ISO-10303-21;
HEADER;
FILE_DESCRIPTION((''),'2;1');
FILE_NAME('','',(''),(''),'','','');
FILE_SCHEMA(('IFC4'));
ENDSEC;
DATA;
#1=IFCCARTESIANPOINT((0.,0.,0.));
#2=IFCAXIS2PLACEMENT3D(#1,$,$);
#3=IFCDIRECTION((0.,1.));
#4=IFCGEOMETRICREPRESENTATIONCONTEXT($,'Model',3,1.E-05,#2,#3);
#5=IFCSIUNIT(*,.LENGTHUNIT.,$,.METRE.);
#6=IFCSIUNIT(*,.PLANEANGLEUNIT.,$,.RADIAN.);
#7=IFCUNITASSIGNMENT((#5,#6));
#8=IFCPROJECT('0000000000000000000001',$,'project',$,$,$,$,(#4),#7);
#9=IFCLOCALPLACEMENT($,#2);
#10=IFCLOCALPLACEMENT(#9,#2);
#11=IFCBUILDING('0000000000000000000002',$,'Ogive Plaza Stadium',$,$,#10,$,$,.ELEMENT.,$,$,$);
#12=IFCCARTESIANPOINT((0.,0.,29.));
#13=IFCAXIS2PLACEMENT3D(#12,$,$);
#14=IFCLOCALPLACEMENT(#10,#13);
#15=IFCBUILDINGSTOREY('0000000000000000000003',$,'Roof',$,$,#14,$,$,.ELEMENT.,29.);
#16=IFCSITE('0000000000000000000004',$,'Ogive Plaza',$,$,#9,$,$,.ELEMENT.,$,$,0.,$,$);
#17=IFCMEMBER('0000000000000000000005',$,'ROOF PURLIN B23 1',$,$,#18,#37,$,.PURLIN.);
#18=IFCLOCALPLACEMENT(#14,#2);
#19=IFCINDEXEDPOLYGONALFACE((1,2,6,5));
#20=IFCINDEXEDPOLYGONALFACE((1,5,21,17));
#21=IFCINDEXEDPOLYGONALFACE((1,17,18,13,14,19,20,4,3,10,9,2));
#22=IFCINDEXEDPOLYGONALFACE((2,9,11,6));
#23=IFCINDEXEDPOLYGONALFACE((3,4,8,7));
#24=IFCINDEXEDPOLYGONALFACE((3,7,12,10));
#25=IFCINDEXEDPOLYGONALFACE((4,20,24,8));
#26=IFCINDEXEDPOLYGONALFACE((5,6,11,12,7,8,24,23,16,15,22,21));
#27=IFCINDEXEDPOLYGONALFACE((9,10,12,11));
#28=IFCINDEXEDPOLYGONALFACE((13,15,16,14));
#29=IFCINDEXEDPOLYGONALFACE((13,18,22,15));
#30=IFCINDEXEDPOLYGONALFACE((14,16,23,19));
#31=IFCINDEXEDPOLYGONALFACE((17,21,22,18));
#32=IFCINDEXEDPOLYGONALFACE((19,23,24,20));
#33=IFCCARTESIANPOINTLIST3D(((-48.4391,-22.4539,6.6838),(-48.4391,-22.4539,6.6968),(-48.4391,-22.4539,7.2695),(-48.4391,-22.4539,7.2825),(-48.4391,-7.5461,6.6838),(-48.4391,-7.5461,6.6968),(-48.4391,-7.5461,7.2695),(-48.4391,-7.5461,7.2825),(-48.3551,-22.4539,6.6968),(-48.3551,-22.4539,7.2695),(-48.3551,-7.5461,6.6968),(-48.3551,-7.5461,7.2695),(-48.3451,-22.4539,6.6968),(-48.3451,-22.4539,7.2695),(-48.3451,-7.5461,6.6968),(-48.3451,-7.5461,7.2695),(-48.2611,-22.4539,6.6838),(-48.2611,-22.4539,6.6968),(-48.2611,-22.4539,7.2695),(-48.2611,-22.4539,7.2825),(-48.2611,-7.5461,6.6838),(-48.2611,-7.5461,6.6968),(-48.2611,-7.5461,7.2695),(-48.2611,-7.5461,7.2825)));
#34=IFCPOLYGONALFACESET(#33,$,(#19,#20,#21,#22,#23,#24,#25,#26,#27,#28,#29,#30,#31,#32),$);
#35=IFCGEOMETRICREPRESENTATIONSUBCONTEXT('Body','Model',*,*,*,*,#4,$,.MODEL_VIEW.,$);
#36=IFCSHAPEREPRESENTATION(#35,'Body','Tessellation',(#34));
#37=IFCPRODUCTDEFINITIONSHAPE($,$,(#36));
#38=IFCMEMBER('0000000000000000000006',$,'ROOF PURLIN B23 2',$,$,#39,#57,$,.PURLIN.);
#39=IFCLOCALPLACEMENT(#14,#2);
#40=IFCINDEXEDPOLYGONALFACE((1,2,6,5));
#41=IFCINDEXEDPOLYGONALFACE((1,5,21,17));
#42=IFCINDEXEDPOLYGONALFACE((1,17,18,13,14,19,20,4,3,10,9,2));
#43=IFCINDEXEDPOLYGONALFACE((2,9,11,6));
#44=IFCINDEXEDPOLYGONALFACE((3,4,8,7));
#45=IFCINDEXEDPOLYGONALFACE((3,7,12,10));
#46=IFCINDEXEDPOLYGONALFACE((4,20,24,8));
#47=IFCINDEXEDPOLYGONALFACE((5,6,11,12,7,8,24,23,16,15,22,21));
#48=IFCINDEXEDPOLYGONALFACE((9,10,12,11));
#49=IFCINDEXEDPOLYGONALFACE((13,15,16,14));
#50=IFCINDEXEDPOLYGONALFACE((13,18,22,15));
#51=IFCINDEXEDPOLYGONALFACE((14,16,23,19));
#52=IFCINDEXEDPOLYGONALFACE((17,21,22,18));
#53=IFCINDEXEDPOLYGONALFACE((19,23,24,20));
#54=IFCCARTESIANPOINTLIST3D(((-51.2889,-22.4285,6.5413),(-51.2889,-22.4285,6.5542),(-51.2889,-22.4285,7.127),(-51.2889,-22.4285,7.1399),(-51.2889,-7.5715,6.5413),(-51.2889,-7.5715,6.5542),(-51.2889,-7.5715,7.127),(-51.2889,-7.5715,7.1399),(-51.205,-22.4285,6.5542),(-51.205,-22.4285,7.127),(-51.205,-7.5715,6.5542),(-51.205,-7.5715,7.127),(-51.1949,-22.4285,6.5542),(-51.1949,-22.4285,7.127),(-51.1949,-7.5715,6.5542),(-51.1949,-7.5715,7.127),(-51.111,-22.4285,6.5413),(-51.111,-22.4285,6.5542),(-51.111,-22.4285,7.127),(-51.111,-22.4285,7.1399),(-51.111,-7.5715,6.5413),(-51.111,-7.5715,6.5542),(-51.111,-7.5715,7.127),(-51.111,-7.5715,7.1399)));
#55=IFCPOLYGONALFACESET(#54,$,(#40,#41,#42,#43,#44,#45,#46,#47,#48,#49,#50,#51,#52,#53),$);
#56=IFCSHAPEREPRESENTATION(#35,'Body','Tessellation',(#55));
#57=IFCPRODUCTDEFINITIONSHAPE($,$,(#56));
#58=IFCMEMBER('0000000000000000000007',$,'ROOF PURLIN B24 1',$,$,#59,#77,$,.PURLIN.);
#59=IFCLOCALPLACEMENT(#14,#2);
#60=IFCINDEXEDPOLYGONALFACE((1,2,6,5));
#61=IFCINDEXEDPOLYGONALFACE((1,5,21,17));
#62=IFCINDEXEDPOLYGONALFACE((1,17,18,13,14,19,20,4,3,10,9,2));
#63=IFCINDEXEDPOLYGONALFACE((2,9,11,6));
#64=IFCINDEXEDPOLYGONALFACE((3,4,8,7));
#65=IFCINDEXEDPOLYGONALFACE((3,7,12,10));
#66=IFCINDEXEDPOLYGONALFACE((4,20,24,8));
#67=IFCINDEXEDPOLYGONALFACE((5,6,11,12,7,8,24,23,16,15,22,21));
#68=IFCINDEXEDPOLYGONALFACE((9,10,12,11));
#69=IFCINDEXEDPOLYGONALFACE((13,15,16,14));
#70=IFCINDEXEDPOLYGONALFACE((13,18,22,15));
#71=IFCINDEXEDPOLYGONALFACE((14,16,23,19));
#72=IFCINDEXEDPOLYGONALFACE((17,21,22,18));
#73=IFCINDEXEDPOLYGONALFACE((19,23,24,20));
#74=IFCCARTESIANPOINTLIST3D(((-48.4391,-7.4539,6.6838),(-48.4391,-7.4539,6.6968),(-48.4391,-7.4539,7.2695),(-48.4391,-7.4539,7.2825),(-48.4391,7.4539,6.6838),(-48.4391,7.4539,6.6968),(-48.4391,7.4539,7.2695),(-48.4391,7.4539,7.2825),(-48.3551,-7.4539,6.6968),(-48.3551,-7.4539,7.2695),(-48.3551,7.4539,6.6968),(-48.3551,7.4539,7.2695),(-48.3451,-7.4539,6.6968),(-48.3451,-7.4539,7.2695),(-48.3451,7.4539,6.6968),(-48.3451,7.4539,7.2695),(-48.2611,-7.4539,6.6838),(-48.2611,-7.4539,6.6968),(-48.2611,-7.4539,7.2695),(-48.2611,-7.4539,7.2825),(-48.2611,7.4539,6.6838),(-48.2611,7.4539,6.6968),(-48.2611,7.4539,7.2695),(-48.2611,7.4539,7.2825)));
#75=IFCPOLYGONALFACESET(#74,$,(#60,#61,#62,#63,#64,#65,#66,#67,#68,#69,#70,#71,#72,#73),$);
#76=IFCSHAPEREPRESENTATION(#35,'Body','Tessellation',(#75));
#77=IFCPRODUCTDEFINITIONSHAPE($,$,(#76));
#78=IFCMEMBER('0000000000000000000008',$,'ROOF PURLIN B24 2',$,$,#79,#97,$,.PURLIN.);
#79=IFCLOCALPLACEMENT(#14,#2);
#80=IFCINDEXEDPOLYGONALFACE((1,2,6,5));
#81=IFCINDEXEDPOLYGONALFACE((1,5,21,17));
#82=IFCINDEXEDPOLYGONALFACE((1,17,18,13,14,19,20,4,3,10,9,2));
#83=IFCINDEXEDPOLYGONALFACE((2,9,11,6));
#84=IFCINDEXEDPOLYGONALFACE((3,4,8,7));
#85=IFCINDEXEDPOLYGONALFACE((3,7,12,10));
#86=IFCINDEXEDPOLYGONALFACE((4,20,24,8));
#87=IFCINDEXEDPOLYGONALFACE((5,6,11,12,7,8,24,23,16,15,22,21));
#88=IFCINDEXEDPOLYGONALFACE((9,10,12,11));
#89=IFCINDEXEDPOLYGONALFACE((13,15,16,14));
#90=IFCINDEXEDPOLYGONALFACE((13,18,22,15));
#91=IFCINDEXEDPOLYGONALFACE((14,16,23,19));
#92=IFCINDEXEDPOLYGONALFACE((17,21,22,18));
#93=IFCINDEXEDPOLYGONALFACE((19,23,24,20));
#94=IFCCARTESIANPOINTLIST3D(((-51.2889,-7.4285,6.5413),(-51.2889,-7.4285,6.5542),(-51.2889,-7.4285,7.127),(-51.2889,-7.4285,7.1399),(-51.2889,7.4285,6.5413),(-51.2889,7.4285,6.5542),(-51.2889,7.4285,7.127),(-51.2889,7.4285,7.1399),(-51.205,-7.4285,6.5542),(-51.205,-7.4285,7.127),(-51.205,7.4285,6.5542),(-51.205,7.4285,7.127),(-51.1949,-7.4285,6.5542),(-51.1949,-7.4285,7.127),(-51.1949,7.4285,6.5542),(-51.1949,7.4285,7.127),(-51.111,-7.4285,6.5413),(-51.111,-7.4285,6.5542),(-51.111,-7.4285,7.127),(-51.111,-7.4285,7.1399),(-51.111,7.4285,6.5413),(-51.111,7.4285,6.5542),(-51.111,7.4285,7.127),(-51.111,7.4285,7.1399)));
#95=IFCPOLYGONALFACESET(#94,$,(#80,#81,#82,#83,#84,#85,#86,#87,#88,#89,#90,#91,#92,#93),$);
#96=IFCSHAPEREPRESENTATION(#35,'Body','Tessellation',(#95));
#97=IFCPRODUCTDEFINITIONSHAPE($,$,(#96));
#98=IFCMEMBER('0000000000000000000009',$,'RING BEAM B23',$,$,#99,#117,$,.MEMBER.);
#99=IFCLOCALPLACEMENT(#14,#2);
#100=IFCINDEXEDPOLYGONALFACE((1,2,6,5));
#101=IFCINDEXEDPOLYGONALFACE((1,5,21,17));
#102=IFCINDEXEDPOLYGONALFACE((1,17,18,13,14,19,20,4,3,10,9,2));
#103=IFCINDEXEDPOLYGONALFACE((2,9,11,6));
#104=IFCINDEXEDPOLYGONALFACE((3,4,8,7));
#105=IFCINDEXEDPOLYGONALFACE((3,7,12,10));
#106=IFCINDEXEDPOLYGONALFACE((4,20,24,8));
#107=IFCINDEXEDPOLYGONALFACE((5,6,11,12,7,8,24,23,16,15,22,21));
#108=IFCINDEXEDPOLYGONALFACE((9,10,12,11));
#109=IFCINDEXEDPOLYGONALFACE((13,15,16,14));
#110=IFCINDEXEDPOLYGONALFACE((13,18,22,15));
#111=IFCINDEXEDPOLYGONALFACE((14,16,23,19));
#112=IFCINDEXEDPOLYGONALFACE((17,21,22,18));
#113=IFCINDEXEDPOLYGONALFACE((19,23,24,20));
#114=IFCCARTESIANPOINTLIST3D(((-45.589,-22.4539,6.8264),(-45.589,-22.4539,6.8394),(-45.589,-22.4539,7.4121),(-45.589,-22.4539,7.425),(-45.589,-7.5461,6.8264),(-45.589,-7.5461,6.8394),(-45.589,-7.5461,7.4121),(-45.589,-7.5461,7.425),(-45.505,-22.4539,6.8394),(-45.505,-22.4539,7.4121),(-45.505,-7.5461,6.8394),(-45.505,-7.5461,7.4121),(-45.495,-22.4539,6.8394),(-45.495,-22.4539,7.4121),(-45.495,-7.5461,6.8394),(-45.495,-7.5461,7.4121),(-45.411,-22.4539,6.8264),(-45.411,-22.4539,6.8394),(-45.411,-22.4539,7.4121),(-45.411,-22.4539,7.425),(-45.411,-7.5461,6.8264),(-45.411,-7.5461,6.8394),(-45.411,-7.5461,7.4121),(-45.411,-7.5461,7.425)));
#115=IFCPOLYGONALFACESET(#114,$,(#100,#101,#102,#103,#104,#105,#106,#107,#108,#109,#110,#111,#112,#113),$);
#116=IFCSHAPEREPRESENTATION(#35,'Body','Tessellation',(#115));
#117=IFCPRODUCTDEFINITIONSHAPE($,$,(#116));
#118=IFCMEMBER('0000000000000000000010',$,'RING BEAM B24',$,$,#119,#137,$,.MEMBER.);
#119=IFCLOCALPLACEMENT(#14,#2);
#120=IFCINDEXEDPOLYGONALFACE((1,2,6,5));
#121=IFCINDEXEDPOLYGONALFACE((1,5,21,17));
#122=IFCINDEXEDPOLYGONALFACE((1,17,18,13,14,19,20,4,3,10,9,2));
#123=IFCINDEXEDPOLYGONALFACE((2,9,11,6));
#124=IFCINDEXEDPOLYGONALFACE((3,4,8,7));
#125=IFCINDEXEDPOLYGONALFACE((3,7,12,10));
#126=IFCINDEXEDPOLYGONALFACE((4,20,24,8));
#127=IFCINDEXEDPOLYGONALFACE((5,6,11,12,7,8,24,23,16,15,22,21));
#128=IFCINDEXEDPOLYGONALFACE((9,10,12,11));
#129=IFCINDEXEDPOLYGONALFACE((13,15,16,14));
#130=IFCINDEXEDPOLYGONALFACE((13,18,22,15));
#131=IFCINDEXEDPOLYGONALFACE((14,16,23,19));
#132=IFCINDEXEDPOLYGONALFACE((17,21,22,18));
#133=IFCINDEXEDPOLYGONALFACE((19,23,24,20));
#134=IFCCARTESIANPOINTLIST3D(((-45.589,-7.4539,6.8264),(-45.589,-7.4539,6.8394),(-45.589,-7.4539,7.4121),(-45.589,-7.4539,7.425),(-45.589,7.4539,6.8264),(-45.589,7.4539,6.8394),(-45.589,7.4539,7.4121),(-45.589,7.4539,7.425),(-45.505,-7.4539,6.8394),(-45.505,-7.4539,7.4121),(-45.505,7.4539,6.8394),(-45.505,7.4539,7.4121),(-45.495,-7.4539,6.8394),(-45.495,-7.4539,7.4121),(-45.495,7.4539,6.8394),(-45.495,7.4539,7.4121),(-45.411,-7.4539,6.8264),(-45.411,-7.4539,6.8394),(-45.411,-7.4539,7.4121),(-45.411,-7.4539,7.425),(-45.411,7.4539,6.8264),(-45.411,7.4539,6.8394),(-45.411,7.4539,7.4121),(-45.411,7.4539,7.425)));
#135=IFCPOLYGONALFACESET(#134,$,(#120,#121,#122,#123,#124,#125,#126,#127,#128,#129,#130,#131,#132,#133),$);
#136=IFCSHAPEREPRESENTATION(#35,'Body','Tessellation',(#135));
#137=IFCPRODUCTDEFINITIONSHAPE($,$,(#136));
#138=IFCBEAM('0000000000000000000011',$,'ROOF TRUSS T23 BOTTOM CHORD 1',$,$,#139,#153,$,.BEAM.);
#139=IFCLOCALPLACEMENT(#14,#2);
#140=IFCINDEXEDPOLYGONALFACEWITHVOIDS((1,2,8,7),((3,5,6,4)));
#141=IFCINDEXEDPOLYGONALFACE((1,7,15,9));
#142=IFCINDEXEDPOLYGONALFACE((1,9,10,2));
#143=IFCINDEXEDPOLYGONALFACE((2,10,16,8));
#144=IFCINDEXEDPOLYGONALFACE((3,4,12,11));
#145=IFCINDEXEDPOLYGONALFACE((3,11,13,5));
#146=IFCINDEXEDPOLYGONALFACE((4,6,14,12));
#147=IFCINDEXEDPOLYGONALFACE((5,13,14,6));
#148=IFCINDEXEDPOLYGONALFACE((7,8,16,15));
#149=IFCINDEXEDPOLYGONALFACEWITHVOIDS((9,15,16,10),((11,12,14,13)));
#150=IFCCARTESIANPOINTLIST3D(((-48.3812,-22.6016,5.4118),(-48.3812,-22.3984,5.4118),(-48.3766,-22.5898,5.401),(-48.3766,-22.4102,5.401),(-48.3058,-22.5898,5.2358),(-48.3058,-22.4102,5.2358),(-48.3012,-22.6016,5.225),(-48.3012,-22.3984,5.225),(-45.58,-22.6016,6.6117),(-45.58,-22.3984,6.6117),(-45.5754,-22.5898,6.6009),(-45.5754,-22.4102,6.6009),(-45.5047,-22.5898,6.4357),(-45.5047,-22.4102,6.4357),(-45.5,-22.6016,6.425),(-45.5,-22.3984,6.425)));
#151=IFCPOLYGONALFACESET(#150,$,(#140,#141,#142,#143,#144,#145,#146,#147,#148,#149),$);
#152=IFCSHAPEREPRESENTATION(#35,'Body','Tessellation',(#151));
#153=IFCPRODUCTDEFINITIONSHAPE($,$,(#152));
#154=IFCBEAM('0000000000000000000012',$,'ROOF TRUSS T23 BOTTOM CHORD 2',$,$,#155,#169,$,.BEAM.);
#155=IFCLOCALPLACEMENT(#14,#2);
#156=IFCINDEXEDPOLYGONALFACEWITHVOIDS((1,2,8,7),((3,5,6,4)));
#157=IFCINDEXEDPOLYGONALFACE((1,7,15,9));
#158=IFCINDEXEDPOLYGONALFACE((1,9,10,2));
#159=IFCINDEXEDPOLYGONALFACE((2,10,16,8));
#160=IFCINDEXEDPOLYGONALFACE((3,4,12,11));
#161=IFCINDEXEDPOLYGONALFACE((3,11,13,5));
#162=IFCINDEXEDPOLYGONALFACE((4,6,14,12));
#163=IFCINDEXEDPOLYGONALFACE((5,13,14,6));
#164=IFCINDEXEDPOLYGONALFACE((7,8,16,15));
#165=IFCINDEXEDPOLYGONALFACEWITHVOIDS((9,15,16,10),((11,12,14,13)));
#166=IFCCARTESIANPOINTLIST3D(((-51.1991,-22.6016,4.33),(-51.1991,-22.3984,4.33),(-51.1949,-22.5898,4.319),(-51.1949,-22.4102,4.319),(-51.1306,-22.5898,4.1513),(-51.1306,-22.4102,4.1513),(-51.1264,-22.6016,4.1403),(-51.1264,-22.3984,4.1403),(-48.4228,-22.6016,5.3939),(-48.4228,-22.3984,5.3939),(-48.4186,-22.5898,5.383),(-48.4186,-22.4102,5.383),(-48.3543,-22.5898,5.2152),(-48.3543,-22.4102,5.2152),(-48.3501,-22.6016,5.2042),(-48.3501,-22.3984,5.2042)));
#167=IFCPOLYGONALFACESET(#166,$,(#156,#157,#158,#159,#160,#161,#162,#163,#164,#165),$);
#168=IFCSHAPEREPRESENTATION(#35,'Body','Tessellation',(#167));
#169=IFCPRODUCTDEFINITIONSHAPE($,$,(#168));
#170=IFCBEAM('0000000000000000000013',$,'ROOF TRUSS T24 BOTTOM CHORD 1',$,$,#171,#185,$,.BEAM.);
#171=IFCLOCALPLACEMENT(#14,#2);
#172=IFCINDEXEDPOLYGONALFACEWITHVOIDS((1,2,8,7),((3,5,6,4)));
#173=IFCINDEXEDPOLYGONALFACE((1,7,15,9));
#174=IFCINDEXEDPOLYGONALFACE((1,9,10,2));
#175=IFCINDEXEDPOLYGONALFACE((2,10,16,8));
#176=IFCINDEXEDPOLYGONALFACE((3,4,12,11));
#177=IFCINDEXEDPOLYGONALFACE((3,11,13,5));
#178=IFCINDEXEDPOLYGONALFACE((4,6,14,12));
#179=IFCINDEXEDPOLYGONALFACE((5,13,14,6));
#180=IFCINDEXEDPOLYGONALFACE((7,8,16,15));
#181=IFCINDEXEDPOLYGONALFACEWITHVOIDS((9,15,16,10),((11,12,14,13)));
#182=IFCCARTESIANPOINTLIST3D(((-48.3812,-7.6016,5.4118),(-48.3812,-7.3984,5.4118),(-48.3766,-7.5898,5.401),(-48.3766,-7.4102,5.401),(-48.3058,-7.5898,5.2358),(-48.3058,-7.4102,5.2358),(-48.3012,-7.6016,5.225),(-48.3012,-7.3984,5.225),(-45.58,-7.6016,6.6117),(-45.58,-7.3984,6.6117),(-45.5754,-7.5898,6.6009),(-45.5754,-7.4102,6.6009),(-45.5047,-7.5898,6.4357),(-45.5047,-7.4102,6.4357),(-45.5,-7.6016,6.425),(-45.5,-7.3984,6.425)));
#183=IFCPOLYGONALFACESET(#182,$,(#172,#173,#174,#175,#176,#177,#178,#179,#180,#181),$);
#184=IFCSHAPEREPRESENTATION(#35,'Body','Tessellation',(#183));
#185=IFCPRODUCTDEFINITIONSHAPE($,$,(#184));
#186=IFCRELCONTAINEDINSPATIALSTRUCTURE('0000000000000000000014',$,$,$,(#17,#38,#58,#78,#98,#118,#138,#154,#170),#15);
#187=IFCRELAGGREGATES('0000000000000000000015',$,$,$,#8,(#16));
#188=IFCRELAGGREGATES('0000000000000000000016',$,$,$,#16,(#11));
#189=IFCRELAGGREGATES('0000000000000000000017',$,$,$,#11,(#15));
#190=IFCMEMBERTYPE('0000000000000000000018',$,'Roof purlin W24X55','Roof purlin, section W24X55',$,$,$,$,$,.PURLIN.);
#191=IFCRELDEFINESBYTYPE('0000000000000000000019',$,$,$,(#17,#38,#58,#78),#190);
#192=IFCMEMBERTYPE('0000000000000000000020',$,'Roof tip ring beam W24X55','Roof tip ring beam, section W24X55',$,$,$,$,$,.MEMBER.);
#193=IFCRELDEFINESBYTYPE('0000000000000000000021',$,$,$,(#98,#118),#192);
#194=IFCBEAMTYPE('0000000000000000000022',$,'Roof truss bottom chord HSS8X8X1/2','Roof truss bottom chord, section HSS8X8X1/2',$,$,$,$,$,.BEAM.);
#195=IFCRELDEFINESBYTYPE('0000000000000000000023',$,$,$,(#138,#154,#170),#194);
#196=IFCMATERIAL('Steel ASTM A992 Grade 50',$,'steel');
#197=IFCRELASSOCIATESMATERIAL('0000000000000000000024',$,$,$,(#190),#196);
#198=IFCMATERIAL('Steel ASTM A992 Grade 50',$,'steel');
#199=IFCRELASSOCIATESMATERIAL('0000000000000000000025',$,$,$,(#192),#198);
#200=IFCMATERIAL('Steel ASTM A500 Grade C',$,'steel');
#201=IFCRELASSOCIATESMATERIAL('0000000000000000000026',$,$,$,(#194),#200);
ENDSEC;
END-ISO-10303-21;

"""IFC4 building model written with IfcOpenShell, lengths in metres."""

from ifc_helpers import new_model, si_unit, direction, frame, origin, origin_2d, place, context, subcontext, project, spatial, hollow_rectangle, i_section, extrude, material, material_profile, profile_set, type_object, element, save


model = new_model("IFC4")

# Units and contexts
model_context = context("Model", 3, precision=1e-05, world=origin(), true_north=direction((0.0, 1.0)))
body_context = subcontext(model_context, "Body", "Model", "MODEL_VIEW")
ifc_project = project(units=[si_unit("LENGTHUNIT", "METRE"), si_unit("PLANEANGLEUNIT", "RADIAN")], contexts=[model_context])

# Site, building, storey
site_placement = place(None, origin())
site = spatial("IfcSite", under=ifc_project, at=site_placement, Name="Ogive Plaza", CompositionType="ELEMENT", RefElevation=0.0)
building_placement = place(site_placement, origin())
building = spatial("IfcBuilding", under=site, at=building_placement, Name="Ogive Plaza Stadium", CompositionType="ELEMENT")
storey_placement = place(building_placement, frame((0.0, 0.0, 29.0)))
storey = spatial("IfcBuildingStorey", under=building, at=storey_placement, Name="Roof", CompositionType="ELEMENT", Elevation=29.0)

# Members
ifc_material_1 = material(Name="Steel ASTM A992 Grade 50", Category="steel")
ifc_material_profile_1 = material_profile(ifc_material_1, i_section(OverallWidth=0.178, OverallDepth=0.5986, WebThickness=0.01, FlangeThickness=0.0129, at=origin_2d()), Name="W24X55")
ifc_profile_set_1 = profile_set([ifc_material_profile_1], Name="Steel ASTM A992 Grade 50")
member_type_1 = type_object("IfcMemberType", Name="Roof purlin W24X55", Description="Roof purlin, section W24X55", PredefinedType="PURLIN", material=ifc_profile_set_1)
member_1_placement = place(storey_placement, frame((-48.3501, -22.4539, 6.9832), z_axis=(0.0, 1.0, 0.0), x_axis=(-1.0, 0.0, 0.0)))
element("IfcMember", 1, at=member_1_placement, inside=storey, type_object=member_type_1, Name="ROOF PURLIN B23 1", PredefinedType="PURLIN", context=body_context, shape_type="SweptSolid", body=[
    extrude(i_section(OverallWidth=0.178, OverallDepth=0.5986, WebThickness=0.01, FlangeThickness=0.0129, at=origin_2d()), origin(), (0.0, 0.0, 1.0), 14.9077),
])
member_2_placement = place(storey_placement, frame((-51.2, -22.4285, 6.8406), z_axis=(0.0, 1.0, 0.0), x_axis=(-1.0, 0.0, 0.0)))
element("IfcMember", 2, at=member_2_placement, inside=storey, type_object=member_type_1, Name="ROOF PURLIN B23 2", PredefinedType="PURLIN", context=body_context, shape_type="SweptSolid", body=[
    extrude(i_section(OverallWidth=0.178, OverallDepth=0.5986, WebThickness=0.01, FlangeThickness=0.0129, at=origin_2d()), origin(), (0.0, 0.0, 1.0), 14.8569),
])
member_3_placement = place(storey_placement, frame((-48.3501, -7.4539, 6.9832), z_axis=(0.0, 1.0, 0.0), x_axis=(-1.0, 0.0, 0.0)))
element("IfcMember", 3, at=member_3_placement, inside=storey, type_object=member_type_1, Name="ROOF PURLIN B24 1", PredefinedType="PURLIN", context=body_context, shape_type="SweptSolid", body=[
    extrude(i_section(OverallWidth=0.178, OverallDepth=0.5986, WebThickness=0.01, FlangeThickness=0.0129, at=origin_2d()), origin(), (0.0, 0.0, 1.0), 14.9077),
])
member_4_placement = place(storey_placement, frame((-51.2, -7.4285, 6.8406), z_axis=(0.0, 1.0, 0.0), x_axis=(-1.0, 0.0, 0.0)))
element("IfcMember", 4, at=member_4_placement, inside=storey, type_object=member_type_1, Name="ROOF PURLIN B24 2", PredefinedType="PURLIN", context=body_context, shape_type="SweptSolid", body=[
    extrude(i_section(OverallWidth=0.178, OverallDepth=0.5986, WebThickness=0.01, FlangeThickness=0.0129, at=origin_2d()), origin(), (0.0, 0.0, 1.0), 14.8569),
])
ifc_material_2 = material(Name="Steel ASTM A992 Grade 50", Category="steel")
ifc_material_profile_2 = material_profile(ifc_material_2, i_section(OverallWidth=0.178, OverallDepth=0.5986, WebThickness=0.01, FlangeThickness=0.0129, at=origin_2d()), Name="W24X55")
ifc_profile_set_2 = profile_set([ifc_material_profile_2], Name="Steel ASTM A992 Grade 50")
member_type_2 = type_object("IfcMemberType", Name="Roof tip ring beam W24X55", Description="Roof tip ring beam, section W24X55", PredefinedType="MEMBER", material=ifc_profile_set_2)
for number, where, z_axis, x_axis, name in (
    (5, (-45.5, -22.4539, 7.1257), (0.0, 1.0, 0.0), (-1.0, 0.0, 0.0), "RING BEAM B23"),
    (6, (-45.5, -7.4539, 7.1257), (0.0, 1.0, 0.0), (-1.0, 0.0, 0.0), "RING BEAM B24"),
):
    element("IfcMember", number, at=place(storey_placement, frame(where, z_axis=z_axis, x_axis=x_axis)), inside=storey, type_object=member_type_2, Name=name, PredefinedType="MEMBER", context=body_context, shape_type="SweptSolid", body=[
        extrude(i_section(OverallWidth=0.178, OverallDepth=0.5986, WebThickness=0.01, FlangeThickness=0.0129, at=origin_2d()), origin(), (0.0, 0.0, 1.0), 14.9077),
    ])

# Beams
ifc_material_3 = material(Name="Steel ASTM A500 Grade C", Category="steel")
ifc_material_profile_3 = material_profile(ifc_material_3, hollow_rectangle(XDim=0.2031, YDim=0.2031, WallThickness=0.0117, at=origin_2d()), Name="HSS8X8X1/2")
ifc_profile_set_3 = profile_set([ifc_material_profile_3], Name="Steel ASTM A500 Grade C")
beam_type_1 = type_object("IfcBeamType", Name="Roof truss bottom chord HSS8X8X1/2", Description="Roof truss bottom chord, section HSS8X8X1/2", PredefinedType="BEAM", material=ifc_profile_set_3)
beam_1_placement = place(storey_placement, frame((-45.54, -22.5, 6.5183), z_axis=(-0.919215, 0.0, -0.393755), x_axis=(0.0, -1.0, 0.0)))
element("IfcBeam", 7, at=beam_1_placement, inside=storey, type_object=beam_type_1, Name="ROOF TRUSS T23 BOTTOM CHORD 1", PredefinedType="BEAM", context=body_context, shape_type="SweptSolid", body=[
    extrude(hollow_rectangle(XDim=0.2031, YDim=0.2031, WallThickness=0.0117, at=origin_2d()), origin(), (0.0, 0.0, 1.0), 3.0474),
])
beam_2_placement = place(storey_placement, frame((-48.3865, -22.5, 5.2991), z_axis=(-0.933781, 0.0, -0.357845), x_axis=(0.0, -1.0, 0.0)))
element("IfcBeam", 8, at=beam_2_placement, inside=storey, type_object=beam_type_1, Name="ROOF TRUSS T23 BOTTOM CHORD 2", PredefinedType="BEAM", context=body_context, shape_type="SweptSolid", body=[
    extrude(hollow_rectangle(XDim=0.2031, YDim=0.2031, WallThickness=0.0117, at=origin_2d()), origin(), (0.0, 0.0, 1.0), 2.9731),
])
beam_3_placement = place(storey_placement, frame((-45.54, -7.5, 6.5183), z_axis=(-0.919215, 0.0, -0.393755), x_axis=(0.0, -1.0, 0.0)))
element("IfcBeam", 9, at=beam_3_placement, inside=storey, type_object=beam_type_1, Name="ROOF TRUSS T24 BOTTOM CHORD 1", PredefinedType="BEAM", context=body_context, shape_type="SweptSolid", body=[
    extrude(hollow_rectangle(XDim=0.2031, YDim=0.2031, WallThickness=0.0117, at=origin_2d()), origin(), (0.0, 0.0, 1.0), 3.0474),
])

save(model, "model.ifc")
